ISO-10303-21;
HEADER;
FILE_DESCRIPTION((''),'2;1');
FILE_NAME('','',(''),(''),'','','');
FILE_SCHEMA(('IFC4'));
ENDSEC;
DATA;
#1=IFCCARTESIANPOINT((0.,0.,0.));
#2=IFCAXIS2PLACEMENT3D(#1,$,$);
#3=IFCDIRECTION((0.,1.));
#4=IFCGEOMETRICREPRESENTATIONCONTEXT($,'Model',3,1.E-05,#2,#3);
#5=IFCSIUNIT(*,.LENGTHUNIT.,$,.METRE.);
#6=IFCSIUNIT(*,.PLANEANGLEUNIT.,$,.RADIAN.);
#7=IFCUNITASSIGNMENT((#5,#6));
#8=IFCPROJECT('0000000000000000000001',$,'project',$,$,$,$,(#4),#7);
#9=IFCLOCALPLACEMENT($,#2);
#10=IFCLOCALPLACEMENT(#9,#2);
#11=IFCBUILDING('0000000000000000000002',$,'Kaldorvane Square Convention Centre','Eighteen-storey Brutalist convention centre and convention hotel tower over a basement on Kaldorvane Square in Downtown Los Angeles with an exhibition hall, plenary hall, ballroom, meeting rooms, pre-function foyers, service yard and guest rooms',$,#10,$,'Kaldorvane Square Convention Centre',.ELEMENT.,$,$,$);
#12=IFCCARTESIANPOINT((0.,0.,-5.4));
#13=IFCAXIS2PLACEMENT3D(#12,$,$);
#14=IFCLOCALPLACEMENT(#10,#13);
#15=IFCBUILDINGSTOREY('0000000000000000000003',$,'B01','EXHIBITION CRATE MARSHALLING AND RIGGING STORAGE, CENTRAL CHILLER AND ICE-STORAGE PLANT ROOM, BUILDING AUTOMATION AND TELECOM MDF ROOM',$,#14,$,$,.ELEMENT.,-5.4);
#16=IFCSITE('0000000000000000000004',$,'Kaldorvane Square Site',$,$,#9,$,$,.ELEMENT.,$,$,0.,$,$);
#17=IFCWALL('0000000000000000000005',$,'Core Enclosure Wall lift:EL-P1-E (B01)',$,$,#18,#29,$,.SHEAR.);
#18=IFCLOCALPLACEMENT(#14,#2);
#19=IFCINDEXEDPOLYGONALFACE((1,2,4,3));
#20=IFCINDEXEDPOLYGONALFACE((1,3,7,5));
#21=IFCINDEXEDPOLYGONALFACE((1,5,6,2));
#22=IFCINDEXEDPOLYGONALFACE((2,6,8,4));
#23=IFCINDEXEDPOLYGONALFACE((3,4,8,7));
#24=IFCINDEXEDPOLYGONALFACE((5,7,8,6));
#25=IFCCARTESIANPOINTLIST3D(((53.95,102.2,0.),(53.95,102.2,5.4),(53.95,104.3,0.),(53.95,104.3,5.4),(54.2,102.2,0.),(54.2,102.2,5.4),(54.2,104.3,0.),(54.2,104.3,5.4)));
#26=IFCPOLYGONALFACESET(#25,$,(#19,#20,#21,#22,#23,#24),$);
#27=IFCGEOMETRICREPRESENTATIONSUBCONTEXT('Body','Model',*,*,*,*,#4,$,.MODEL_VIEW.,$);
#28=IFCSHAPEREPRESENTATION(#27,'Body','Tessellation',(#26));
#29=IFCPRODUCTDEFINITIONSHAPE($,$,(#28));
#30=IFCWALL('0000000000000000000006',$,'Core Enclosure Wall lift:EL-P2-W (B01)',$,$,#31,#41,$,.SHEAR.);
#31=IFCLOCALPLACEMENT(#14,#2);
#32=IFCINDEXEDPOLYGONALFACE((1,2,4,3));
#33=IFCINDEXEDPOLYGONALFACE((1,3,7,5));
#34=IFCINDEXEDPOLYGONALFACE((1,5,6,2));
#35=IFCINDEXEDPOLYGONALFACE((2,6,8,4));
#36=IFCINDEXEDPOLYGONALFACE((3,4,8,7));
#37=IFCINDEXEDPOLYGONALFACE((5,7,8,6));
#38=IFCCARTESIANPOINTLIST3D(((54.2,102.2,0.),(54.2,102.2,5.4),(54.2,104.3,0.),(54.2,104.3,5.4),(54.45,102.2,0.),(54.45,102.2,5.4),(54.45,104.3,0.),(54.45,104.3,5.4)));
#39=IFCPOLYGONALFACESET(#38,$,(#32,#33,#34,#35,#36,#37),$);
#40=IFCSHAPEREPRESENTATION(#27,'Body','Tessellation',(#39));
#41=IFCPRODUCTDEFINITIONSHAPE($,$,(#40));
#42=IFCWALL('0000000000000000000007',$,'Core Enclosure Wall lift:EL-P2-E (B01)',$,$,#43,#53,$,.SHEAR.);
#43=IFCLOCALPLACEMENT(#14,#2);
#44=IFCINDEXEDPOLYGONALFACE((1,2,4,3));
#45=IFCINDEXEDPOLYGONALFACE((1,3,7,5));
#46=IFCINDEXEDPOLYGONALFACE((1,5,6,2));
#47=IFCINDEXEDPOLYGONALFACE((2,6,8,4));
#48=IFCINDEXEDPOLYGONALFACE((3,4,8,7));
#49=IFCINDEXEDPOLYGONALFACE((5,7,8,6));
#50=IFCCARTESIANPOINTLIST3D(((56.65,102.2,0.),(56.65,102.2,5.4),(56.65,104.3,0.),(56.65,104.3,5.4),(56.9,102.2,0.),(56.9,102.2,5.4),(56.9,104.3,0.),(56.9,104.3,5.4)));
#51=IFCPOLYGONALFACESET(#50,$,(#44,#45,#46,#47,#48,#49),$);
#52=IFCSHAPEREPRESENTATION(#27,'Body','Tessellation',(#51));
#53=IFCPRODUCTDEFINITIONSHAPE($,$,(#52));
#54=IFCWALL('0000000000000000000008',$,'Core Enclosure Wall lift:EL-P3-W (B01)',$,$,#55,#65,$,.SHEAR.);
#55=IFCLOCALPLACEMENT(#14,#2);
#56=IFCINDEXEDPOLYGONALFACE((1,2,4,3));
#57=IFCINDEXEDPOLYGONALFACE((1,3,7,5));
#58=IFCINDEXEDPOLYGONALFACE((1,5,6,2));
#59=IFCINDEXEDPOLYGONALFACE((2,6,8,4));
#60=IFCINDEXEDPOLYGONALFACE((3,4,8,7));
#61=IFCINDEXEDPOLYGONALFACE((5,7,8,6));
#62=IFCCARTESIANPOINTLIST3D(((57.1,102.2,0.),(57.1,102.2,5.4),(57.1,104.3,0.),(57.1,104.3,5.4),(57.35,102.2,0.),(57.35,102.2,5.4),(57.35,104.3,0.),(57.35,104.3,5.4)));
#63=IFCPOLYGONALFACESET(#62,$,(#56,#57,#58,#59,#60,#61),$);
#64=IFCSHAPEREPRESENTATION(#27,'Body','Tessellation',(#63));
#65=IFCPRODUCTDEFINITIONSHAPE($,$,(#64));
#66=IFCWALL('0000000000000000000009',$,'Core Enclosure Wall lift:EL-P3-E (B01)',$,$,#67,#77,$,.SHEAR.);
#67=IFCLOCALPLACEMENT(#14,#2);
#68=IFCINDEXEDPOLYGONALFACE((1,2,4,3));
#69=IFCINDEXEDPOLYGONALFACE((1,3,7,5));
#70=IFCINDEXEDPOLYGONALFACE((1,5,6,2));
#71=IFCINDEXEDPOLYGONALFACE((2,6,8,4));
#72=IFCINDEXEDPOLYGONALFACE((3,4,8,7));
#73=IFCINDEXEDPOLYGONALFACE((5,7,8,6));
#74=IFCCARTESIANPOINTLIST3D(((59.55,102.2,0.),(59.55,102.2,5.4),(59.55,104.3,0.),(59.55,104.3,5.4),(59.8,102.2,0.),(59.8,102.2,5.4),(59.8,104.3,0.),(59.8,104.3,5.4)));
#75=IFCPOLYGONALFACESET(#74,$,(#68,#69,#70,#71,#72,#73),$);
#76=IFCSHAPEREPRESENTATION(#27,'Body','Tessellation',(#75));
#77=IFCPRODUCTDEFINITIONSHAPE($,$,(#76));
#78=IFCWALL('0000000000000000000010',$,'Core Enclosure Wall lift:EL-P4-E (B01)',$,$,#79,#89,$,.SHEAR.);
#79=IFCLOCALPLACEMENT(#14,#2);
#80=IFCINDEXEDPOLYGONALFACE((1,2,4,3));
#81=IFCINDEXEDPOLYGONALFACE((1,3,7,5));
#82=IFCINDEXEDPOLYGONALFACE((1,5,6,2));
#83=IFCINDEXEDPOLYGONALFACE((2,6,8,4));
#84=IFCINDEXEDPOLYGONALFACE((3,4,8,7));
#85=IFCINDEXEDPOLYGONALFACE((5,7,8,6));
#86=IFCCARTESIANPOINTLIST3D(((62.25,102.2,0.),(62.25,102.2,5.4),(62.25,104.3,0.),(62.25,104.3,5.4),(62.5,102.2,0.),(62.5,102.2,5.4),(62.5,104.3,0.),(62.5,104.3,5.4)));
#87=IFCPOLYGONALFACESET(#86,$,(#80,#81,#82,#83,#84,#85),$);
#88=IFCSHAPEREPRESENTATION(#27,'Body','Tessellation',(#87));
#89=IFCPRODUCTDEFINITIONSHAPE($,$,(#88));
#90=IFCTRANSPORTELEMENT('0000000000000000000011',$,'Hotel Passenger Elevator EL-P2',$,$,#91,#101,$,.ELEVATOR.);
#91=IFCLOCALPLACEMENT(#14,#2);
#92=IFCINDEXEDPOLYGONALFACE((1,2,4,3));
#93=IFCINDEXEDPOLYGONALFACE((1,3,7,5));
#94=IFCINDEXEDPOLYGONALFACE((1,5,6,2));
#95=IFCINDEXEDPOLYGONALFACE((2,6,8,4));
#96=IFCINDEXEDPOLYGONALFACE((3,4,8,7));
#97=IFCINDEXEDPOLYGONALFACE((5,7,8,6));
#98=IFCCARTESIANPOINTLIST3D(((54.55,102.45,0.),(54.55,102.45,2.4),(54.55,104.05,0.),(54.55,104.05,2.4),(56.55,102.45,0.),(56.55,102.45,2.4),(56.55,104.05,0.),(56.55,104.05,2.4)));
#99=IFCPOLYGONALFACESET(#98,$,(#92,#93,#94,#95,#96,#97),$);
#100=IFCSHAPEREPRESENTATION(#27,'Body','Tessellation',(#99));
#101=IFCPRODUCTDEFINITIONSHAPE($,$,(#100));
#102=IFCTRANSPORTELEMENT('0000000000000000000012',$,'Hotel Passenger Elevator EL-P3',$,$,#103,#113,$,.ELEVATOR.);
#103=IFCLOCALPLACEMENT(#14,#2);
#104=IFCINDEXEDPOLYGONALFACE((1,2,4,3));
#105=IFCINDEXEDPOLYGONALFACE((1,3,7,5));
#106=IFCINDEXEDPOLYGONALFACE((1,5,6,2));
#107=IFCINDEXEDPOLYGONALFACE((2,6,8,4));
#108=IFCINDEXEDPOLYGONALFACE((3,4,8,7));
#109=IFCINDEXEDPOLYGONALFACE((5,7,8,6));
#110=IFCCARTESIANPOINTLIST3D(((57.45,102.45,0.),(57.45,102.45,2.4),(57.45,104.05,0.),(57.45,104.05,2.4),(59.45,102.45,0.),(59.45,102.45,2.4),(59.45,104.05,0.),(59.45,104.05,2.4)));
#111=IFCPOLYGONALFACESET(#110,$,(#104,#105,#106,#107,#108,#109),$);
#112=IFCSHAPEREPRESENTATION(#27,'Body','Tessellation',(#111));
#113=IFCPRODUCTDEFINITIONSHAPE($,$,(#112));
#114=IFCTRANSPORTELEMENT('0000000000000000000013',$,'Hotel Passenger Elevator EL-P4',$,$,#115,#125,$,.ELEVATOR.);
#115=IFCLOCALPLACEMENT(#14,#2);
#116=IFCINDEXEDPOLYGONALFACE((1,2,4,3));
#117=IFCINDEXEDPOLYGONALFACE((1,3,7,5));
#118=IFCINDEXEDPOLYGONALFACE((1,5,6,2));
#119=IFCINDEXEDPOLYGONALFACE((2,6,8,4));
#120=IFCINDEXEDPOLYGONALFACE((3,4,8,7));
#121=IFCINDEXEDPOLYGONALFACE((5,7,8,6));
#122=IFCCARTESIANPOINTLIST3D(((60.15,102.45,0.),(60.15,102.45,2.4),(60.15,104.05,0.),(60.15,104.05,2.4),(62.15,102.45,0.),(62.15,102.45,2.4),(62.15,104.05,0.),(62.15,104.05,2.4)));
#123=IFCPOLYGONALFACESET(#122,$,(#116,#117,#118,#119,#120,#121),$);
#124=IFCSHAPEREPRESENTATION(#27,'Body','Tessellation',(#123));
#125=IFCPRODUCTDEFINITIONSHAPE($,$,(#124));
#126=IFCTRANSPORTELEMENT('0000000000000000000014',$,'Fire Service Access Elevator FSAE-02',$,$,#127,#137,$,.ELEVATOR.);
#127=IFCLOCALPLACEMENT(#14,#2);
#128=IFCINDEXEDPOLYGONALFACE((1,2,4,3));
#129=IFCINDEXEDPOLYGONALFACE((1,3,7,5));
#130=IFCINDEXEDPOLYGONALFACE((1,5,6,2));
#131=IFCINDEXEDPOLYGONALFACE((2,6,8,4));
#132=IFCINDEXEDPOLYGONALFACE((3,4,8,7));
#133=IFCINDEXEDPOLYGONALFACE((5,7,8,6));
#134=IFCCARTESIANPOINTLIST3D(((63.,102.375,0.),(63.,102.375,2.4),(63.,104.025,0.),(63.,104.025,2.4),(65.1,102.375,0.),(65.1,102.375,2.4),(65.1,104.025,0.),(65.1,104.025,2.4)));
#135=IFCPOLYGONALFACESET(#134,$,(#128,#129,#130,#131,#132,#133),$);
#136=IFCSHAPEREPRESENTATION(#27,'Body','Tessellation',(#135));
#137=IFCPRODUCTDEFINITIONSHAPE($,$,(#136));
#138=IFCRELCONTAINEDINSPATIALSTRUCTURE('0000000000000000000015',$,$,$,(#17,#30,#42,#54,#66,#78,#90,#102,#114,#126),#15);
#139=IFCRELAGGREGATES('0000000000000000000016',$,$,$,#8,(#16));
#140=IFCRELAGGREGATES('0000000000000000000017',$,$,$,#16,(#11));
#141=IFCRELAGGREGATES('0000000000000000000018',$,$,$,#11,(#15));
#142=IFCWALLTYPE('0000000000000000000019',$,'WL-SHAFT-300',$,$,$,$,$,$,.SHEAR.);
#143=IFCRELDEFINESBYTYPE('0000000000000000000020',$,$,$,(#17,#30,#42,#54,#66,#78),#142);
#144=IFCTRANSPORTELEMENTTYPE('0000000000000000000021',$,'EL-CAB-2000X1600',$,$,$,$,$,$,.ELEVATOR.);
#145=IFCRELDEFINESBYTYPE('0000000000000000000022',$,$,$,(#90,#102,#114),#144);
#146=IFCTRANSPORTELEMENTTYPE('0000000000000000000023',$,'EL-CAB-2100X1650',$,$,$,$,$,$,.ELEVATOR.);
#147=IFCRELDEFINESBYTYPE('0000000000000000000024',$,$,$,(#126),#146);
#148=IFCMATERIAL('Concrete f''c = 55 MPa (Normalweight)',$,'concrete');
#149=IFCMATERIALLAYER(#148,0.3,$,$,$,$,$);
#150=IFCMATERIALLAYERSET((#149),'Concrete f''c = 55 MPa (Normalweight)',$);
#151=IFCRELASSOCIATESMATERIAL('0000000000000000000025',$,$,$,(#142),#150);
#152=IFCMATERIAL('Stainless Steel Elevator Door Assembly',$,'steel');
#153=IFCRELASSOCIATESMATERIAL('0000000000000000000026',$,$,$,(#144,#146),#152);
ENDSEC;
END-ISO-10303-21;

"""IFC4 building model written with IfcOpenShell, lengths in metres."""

from ifc_helpers import new_model, si_unit, direction, frame, frame_2d, origin, origin_2d, place, context, subcontext, project, spatial, rectangle, extrude, material, layer, layer_set, type_object, element, save


model = new_model("IFC4")

# Units and contexts
model_context = context("Model", 3, precision=1e-05, world=origin(), true_north=direction((0.0, 1.0)))
body_context = subcontext(model_context, "Body", "Model", "MODEL_VIEW")
ifc_project = project(units=[si_unit("LENGTHUNIT", "METRE"), si_unit("PLANEANGLEUNIT", "RADIAN")], contexts=[model_context])

# Site, building, storey
site_placement = place(None, origin())
site = spatial("IfcSite", under=ifc_project, at=site_placement, Name="Kaldorvane Square Site", CompositionType="ELEMENT", RefElevation=0.0)
building_placement = place(site_placement, origin())
building = spatial("IfcBuilding", under=site, at=building_placement, Name="Kaldorvane Square Convention Centre", Description="Eighteen-storey Brutalist convention centre and convention hotel tower over a basement on Kaldorvane Square in Downtown Los Angeles with an exhibition hall, plenary hall, ballroom, meeting rooms, pre-function foyers, service yard and guest rooms", LongName="Kaldorvane Square Convention Centre", CompositionType="ELEMENT")
storey_placement = place(building_placement, frame((0.0, 0.0, -5.4)))
storey = spatial("IfcBuildingStorey", under=building, at=storey_placement, Name="B01", Description="EXHIBITION CRATE MARSHALLING AND RIGGING STORAGE, CENTRAL CHILLER AND ICE-STORAGE PLANT ROOM, BUILDING AUTOMATION AND TELECOM MDF ROOM", CompositionType="ELEMENT", Elevation=-5.4)

# Shared definitions
ifc_material_1 = material(Name="Concrete f'c = 55 MPa (Normalweight)", Category="concrete")
ifc_layer_1 = layer(ifc_material_1, 0.3)
ifc_layer_set_1 = layer_set([ifc_layer_1], Name="Concrete f'c = 55 MPa (Normalweight)")
wall_type_1 = type_object("IfcWallType", Name="WL-SHAFT-300", PredefinedType="SHEAR", material=ifc_layer_set_1)
ifc_material_2 = material(Name="Stainless Steel Elevator Door Assembly", Category="steel")

# Wall
wall_1_placement = place(storey_placement, frame((54.075, 102.2, 0.0), z_axis=(0.0, 0.0, 1.0), x_axis=(0.0, 1.0, 0.0)))
element("IfcWall", 1, at=wall_1_placement, inside=storey, type_object=wall_type_1, Name="Core Enclosure Wall lift:EL-P1-E (B01)", PredefinedType="SHEAR", context=body_context, shape_type="SweptSolid", body=[
    extrude(rectangle(XDim=2.1, YDim=0.25, at=frame_2d((1.05, 0.0))), origin(), (0.0, 0.0, 1.0), 5.4),
])

# Walls
for number, where, z_axis, x_axis, name in (
    (2, (54.325, 104.3, 0.0), (0.0, 0.0, 1.0), (0.0, -1.0, 0.0), "Core Enclosure Wall lift:EL-P2-W (B01)"),
    (3, (56.775, 102.2, 0.0), (0.0, 0.0, 1.0), (0.0, 1.0, 0.0), "Core Enclosure Wall lift:EL-P2-E (B01)"),
):
    element("IfcWall", number, at=place(storey_placement, frame(where, z_axis=z_axis, x_axis=x_axis)), inside=storey, type_object=wall_type_1, Name=name, PredefinedType="SHEAR", context=body_context, shape_type="SweptSolid", body=[
        extrude(rectangle(XDim=2.1, YDim=0.25, at=frame_2d((1.05, 0.0))), origin(), (0.0, 0.0, 1.0), 5.4),
    ])

# Walls
for number, where, z_axis, x_axis, name in (
    (4, (57.225, 104.3, 0.0), (0.0, 0.0, 1.0), (0.0, -1.0, 0.0), "Core Enclosure Wall lift:EL-P3-W (B01)"),
    (5, (59.675, 102.2, 0.0), (0.0, 0.0, 1.0), (0.0, 1.0, 0.0), "Core Enclosure Wall lift:EL-P3-E (B01)"),
):
    element("IfcWall", number, at=place(storey_placement, frame(where, z_axis=z_axis, x_axis=x_axis)), inside=storey, type_object=wall_type_1, Name=name, PredefinedType="SHEAR", context=body_context, shape_type="SweptSolid", body=[
        extrude(rectangle(XDim=2.1, YDim=0.25, at=frame_2d((1.05, 0.0))), origin(), (0.0, 0.0, 1.0), 5.4),
    ])

# Wall
wall_2_placement = place(storey_placement, frame((62.375, 102.2, 0.0), z_axis=(0.0, 0.0, 1.0), x_axis=(0.0, 1.0, 0.0)))
element("IfcWall", 6, at=wall_2_placement, inside=storey, type_object=wall_type_1, Name="Core Enclosure Wall lift:EL-P4-E (B01)", PredefinedType="SHEAR", context=body_context, shape_type="SweptSolid", body=[
    extrude(rectangle(XDim=2.1, YDim=0.25, at=frame_2d((1.05, 0.0))), origin(), (0.0, 0.0, 1.0), 5.4),
])

# Transport elements
transport_element_type_1 = type_object("IfcTransportElementType", Name="EL-CAB-2000X1600", PredefinedType="ELEVATOR", material=ifc_material_2)
for number, where, name in (
    (7, (55.55, 103.25, 0.0), "Hotel Passenger Elevator EL-P2"),
    (8, (58.45, 103.25, 0.0), "Hotel Passenger Elevator EL-P3"),
    (9, (61.15, 103.25, 0.0), "Hotel Passenger Elevator EL-P4"),
):
    element("IfcTransportElement", number, at=place(storey_placement, frame(where)), inside=storey, type_object=transport_element_type_1, Name=name, PredefinedType="ELEVATOR", context=body_context, shape_type="SweptSolid", body=[
        extrude(rectangle(XDim=2.0, YDim=1.6, at=origin_2d()), origin(), (0.0, 0.0, 1.0), 2.4),
    ])
transport_element_type_2 = type_object("IfcTransportElementType", Name="EL-CAB-2100X1650", PredefinedType="ELEVATOR", material=ifc_material_2)
transport_element_placement = place(storey_placement, frame((64.05, 103.2, 0.0)))
element("IfcTransportElement", 10, at=transport_element_placement, inside=storey, type_object=transport_element_type_2, Name="Fire Service Access Elevator FSAE-02", PredefinedType="ELEVATOR", context=body_context, shape_type="SweptSolid", body=[
    extrude(rectangle(XDim=2.1, YDim=1.65, at=origin_2d()), origin(), (0.0, 0.0, 1.0), 2.4),
])

save(model, "model.ifc")
